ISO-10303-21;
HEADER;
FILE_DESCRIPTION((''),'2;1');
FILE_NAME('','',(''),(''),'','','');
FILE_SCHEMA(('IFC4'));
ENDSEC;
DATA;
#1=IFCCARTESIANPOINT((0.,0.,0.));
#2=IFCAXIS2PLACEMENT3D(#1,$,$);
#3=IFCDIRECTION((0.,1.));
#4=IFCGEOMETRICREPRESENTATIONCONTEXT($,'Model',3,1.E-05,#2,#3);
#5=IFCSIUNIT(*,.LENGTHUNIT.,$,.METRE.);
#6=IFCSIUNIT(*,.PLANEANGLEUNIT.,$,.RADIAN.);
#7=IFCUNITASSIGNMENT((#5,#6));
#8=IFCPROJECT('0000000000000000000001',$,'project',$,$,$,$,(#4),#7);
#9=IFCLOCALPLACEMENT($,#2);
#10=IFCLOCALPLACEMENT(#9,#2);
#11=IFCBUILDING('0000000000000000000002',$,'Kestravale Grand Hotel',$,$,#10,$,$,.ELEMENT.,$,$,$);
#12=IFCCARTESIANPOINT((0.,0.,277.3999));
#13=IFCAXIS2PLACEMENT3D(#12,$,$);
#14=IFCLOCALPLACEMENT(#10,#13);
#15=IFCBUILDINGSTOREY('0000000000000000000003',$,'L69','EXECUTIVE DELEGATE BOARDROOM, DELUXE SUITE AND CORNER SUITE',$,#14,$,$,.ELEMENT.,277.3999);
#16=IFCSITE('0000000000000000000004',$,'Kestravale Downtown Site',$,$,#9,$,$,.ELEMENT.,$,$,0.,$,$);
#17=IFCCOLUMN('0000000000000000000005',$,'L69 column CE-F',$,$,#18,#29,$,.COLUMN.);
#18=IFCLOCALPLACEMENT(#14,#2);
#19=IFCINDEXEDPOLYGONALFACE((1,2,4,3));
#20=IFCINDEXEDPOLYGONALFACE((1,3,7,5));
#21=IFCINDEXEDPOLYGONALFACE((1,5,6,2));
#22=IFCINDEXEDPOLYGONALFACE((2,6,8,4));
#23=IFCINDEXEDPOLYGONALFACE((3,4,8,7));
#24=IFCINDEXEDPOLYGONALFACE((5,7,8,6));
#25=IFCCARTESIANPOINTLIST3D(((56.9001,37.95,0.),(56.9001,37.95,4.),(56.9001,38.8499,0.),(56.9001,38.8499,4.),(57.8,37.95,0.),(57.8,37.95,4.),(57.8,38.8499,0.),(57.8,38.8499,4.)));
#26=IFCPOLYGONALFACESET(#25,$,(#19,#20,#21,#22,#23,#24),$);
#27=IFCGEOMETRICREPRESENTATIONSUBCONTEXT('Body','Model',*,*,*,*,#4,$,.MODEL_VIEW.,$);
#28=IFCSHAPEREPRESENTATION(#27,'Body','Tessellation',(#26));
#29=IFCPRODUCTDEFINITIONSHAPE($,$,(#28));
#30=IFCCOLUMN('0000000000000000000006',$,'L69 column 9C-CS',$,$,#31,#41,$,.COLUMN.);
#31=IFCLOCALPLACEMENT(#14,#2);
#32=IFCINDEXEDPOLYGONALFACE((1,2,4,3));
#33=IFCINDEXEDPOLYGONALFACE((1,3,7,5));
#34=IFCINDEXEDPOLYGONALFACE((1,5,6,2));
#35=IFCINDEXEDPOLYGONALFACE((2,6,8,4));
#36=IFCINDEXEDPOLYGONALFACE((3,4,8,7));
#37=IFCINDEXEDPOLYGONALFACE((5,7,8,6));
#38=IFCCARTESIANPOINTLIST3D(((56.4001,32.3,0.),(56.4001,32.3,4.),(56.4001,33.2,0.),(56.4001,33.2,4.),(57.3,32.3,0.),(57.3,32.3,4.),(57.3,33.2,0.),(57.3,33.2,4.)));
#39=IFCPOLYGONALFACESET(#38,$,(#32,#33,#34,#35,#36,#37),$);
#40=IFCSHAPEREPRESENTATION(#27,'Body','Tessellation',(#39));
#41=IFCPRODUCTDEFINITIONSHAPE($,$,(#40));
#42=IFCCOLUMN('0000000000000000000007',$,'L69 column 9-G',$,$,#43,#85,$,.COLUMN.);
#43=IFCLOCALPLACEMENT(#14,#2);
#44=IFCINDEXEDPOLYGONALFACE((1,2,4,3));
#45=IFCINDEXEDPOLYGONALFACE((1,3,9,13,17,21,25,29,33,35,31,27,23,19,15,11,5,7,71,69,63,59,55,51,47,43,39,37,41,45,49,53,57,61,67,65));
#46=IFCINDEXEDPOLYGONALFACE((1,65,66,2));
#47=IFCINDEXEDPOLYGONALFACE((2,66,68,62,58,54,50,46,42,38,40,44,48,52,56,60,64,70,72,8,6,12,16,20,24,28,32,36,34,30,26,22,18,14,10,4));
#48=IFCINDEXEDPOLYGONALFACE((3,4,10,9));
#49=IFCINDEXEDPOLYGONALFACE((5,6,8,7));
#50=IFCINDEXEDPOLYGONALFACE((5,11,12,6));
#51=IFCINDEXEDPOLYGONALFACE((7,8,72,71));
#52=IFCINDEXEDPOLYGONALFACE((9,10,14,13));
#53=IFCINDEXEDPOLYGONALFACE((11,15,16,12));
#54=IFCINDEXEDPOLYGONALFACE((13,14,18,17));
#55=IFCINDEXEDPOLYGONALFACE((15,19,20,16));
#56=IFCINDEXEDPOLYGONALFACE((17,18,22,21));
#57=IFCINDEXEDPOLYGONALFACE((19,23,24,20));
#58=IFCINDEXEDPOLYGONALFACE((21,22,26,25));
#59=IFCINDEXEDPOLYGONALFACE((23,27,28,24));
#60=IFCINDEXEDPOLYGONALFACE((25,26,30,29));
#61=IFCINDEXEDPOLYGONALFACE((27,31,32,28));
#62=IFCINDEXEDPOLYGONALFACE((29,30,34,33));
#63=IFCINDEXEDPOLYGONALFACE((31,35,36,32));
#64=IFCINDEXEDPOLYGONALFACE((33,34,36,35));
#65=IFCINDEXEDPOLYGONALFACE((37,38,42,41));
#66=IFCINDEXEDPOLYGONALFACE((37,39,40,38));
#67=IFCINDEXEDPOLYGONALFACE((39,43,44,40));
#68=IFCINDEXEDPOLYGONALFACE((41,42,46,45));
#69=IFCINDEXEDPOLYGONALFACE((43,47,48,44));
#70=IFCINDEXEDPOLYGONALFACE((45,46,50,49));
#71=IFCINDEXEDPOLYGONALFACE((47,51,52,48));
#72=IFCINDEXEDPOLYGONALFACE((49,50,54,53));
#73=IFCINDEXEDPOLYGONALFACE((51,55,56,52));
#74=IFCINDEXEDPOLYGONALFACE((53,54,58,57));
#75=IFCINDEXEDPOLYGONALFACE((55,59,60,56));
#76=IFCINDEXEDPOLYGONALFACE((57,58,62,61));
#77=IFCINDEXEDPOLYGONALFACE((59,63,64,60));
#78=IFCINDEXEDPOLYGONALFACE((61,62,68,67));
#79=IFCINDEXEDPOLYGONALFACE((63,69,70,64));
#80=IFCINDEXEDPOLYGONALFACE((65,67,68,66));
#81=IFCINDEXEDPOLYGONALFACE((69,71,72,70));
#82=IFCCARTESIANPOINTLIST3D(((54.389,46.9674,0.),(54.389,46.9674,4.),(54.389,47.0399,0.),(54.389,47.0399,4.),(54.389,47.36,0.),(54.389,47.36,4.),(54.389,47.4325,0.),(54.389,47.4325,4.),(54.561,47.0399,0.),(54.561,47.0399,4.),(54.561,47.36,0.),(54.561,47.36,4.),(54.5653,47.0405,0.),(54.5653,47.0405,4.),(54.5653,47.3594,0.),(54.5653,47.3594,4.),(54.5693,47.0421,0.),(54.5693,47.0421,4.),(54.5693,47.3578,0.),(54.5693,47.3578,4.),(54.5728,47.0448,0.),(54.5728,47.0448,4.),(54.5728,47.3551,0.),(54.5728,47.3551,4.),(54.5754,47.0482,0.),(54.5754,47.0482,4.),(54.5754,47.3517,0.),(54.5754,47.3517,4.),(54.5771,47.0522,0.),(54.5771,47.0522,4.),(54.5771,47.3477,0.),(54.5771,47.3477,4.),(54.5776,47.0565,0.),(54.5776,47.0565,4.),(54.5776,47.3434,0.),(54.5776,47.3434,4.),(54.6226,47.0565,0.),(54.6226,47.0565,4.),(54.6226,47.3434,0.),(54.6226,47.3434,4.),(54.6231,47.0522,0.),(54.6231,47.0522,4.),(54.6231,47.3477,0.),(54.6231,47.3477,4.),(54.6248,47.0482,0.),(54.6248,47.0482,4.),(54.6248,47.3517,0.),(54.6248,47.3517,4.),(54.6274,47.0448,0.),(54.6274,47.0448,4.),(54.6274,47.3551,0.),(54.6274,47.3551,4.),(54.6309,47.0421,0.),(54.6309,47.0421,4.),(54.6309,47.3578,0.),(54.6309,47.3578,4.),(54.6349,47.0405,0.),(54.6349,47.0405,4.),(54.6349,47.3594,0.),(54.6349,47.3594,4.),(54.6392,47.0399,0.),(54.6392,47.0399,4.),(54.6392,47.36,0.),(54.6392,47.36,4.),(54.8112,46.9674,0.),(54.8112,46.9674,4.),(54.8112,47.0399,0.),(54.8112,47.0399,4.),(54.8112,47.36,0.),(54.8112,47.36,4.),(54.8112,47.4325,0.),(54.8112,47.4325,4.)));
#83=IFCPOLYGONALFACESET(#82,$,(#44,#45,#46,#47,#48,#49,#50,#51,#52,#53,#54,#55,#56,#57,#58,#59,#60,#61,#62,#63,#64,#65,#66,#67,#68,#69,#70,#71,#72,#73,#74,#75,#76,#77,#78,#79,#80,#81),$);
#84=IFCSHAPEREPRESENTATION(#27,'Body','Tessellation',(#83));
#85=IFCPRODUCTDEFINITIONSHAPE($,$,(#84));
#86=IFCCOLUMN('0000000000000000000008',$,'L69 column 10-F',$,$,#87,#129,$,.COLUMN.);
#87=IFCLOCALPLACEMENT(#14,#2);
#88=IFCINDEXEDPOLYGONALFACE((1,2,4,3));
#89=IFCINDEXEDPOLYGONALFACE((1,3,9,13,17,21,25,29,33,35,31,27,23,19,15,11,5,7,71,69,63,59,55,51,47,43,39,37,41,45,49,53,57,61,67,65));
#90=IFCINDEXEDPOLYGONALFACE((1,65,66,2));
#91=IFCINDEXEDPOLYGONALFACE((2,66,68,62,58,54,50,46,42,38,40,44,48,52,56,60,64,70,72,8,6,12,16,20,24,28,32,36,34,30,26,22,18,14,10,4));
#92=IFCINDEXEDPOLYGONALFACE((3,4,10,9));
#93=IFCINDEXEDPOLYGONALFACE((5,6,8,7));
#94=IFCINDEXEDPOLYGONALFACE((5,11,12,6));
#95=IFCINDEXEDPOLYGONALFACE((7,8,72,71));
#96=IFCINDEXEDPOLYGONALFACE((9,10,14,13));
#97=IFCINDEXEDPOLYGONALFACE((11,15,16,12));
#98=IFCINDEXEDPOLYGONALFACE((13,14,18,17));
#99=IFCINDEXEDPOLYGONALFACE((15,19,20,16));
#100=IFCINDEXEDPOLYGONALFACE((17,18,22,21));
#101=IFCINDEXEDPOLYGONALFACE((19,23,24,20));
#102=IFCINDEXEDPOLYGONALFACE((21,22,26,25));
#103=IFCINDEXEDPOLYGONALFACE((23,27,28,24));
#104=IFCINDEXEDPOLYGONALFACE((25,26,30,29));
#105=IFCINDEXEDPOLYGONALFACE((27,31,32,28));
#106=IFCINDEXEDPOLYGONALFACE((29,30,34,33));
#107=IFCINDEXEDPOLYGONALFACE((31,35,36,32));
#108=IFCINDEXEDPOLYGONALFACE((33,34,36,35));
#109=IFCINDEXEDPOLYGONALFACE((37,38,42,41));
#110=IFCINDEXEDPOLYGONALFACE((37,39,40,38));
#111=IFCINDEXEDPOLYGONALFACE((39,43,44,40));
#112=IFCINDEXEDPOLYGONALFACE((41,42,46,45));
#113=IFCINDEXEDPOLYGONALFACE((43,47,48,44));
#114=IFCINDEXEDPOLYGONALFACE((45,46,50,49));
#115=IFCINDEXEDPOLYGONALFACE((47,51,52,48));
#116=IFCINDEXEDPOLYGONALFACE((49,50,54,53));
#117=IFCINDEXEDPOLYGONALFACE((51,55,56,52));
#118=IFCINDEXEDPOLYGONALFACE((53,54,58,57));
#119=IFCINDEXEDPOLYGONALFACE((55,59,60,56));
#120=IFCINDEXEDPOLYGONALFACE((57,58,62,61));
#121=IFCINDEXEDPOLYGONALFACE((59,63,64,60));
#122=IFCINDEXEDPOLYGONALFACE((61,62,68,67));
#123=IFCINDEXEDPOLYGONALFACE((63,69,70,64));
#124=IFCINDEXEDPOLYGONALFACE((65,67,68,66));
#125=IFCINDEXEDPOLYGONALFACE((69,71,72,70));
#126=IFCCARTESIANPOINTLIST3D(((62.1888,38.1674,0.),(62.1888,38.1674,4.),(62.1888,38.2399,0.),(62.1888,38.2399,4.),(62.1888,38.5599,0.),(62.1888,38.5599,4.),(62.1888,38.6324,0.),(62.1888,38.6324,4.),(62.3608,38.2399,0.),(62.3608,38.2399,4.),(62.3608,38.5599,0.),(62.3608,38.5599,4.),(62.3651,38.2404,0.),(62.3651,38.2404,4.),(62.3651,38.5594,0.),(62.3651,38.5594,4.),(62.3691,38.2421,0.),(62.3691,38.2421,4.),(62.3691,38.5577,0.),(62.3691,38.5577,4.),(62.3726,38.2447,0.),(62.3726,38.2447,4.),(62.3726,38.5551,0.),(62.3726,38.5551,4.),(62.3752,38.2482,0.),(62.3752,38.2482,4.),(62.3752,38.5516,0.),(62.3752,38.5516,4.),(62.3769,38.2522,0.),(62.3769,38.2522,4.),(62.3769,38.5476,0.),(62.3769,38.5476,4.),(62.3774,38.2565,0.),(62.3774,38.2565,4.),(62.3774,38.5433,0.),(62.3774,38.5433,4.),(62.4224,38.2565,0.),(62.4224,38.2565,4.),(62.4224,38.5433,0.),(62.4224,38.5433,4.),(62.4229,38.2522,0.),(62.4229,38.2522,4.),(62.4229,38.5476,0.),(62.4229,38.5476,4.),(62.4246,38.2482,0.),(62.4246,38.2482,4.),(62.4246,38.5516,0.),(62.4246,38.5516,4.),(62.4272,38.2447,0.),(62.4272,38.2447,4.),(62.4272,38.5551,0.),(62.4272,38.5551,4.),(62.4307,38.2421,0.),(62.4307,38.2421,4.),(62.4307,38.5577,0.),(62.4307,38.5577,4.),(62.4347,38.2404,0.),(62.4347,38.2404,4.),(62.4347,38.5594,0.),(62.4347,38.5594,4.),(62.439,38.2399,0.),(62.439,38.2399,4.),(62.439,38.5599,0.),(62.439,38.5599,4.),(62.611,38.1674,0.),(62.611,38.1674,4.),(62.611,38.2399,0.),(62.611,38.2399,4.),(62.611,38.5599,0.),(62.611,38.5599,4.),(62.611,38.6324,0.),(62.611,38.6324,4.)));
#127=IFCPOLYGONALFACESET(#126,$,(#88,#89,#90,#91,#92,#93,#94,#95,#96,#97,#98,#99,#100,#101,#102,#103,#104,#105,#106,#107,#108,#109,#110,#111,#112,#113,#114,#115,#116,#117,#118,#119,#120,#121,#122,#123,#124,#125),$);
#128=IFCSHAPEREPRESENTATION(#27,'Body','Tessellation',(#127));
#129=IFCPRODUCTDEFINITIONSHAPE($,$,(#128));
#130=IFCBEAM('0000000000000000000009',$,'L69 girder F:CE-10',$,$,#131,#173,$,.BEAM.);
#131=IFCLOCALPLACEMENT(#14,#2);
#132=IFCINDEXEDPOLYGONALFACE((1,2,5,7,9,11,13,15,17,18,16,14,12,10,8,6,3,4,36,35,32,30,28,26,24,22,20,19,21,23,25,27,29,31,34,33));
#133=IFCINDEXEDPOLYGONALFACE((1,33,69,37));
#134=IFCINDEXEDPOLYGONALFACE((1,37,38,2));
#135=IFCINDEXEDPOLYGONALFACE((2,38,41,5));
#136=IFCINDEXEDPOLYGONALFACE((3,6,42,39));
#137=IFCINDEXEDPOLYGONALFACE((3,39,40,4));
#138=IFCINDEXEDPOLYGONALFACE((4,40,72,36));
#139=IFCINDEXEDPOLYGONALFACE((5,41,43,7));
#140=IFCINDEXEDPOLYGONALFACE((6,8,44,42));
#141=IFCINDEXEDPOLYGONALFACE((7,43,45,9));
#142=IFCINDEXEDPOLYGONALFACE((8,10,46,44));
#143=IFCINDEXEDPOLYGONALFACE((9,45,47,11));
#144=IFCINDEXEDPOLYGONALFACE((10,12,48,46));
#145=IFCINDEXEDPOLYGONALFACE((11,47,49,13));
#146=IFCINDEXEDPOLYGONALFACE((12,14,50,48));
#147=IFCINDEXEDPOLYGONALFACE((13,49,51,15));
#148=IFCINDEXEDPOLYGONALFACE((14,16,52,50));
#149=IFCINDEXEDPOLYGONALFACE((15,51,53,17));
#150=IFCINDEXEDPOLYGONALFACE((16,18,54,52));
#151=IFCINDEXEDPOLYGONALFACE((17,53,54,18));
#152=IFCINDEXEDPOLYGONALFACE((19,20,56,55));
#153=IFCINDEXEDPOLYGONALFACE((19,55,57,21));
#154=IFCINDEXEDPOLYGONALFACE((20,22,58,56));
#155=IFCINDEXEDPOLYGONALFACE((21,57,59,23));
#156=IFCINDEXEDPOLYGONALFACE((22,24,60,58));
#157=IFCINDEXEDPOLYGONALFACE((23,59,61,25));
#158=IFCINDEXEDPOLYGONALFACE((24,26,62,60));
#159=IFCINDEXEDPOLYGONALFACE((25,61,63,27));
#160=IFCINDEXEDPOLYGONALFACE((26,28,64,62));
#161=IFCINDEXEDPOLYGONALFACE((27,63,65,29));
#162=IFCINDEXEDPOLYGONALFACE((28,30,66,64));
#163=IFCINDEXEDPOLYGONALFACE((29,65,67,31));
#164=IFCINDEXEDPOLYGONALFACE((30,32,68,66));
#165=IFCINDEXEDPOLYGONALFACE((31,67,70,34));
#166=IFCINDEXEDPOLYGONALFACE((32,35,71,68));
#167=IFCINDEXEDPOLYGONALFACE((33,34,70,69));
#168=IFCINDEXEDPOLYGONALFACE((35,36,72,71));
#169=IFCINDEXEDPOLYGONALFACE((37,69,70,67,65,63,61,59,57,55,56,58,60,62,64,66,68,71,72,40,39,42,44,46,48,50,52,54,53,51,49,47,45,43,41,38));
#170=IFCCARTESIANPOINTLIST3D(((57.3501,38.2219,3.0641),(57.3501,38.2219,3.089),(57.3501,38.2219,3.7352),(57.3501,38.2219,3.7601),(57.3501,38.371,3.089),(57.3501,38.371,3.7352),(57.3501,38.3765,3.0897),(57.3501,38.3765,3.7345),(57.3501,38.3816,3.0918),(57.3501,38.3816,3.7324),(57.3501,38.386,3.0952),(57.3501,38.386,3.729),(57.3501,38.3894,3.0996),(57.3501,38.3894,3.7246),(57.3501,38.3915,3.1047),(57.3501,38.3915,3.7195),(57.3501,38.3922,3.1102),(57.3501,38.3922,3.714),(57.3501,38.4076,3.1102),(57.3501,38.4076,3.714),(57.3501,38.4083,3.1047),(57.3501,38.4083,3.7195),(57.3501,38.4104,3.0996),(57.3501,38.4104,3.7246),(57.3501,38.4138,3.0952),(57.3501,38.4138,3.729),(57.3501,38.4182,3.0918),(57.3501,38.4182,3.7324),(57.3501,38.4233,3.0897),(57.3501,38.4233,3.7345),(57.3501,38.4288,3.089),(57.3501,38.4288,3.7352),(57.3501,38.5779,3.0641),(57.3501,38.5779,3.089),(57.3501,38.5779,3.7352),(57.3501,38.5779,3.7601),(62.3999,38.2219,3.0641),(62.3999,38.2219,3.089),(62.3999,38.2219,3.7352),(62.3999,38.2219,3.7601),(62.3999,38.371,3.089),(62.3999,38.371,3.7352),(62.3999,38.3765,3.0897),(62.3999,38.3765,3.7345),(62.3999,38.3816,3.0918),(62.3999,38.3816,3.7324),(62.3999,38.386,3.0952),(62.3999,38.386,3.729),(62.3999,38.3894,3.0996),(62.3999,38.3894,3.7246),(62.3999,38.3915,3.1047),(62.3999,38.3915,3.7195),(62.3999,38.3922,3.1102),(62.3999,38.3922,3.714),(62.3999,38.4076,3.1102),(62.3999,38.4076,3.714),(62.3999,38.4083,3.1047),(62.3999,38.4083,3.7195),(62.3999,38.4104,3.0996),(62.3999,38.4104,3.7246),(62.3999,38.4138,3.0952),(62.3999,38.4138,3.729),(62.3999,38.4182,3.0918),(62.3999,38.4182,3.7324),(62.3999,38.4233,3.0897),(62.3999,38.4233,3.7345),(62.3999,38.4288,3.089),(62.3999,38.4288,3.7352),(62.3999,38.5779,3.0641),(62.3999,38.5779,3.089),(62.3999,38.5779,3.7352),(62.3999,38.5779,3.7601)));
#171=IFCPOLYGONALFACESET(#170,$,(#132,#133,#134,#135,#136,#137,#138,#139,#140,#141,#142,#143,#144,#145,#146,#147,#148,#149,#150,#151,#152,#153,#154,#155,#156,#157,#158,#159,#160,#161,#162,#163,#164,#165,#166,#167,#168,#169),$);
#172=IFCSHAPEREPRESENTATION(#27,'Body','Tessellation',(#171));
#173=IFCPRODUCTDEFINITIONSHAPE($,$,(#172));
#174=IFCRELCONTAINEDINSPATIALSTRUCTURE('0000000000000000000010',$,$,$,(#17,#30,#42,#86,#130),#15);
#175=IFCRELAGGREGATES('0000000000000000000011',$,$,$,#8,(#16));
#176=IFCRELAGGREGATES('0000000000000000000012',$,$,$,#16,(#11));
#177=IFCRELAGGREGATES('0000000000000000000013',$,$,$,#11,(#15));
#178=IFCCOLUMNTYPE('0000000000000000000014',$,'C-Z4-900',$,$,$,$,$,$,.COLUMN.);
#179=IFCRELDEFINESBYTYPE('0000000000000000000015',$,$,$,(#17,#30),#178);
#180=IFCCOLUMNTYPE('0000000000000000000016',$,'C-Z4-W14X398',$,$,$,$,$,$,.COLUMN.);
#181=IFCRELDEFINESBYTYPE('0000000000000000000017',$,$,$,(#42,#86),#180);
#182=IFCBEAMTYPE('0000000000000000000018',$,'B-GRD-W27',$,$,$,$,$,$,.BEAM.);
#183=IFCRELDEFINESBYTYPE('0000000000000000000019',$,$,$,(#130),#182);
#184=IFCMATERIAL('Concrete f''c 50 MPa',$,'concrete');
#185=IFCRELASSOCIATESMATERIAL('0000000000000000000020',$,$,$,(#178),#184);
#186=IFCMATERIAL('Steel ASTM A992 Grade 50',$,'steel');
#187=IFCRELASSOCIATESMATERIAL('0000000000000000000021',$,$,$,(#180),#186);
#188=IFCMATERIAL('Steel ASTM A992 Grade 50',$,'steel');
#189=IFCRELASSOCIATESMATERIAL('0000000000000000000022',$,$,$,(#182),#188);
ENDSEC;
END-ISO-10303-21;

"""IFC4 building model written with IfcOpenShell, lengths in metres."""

from ifc_helpers import new_model, si_unit, direction, frame, origin, origin_2d, place, context, subcontext, project, spatial, rectangle, i_section, extrude, material, material_profile, profile_set, type_object, element, save


model = new_model("IFC4")

# Units and contexts
model_context = context("Model", 3, precision=1e-05, world=origin(), true_north=direction((0.0, 1.0)))
body_context = subcontext(model_context, "Body", "Model", "MODEL_VIEW")
ifc_project = project(units=[si_unit("LENGTHUNIT", "METRE"), si_unit("PLANEANGLEUNIT", "RADIAN")], contexts=[model_context])

# Site, building, storey
site_placement = place(None, origin())
site = spatial("IfcSite", under=ifc_project, at=site_placement, Name="Kestravale Downtown Site", CompositionType="ELEMENT", RefElevation=0.0)
building_placement = place(site_placement, origin())
building = spatial("IfcBuilding", under=site, at=building_placement, Name="Kestravale Grand Hotel", CompositionType="ELEMENT")
storey_placement = place(building_placement, frame((0.0, 0.0, 277.3999)))
storey = spatial("IfcBuildingStorey", under=building, at=storey_placement, Name="L69", Description="EXECUTIVE DELEGATE BOARDROOM, DELUXE SUITE AND CORNER SUITE", CompositionType="ELEMENT", Elevation=277.3999)

# Columns
ifc_material_1 = material(Name="Concrete f'c 50 MPa", Category="concrete")
ifc_material_profile_1 = material_profile(ifc_material_1, rectangle(XDim=0.8999, YDim=0.8999, at=origin_2d()))
ifc_profile_set_1 = profile_set([ifc_material_profile_1], Name="Concrete f'c 50 MPa")
column_type_1 = type_object("IfcColumnType", Name="C-Z4-900", PredefinedType="COLUMN", material=ifc_profile_set_1)
for number, where, z_axis, x_axis, name in (
    (1, (57.3501, 38.3999, 0.0), (0.0, 0.0, 1.0), (1.0, 0.0, 0.0), "L69 column CE-F"),
    (2, (56.8501, 32.75, 0.0), (0.0, 0.0, 1.0), (1.0, 0.0, 0.0), "L69 column 9C-CS"),
):
    element("IfcColumn", number, at=place(storey_placement, frame(where, z_axis=z_axis, x_axis=x_axis)), inside=storey, type_object=column_type_1, Name=name, PredefinedType="COLUMN", context=body_context, shape_type="SweptSolid", body=[
        extrude(rectangle(XDim=0.8999, YDim=0.8999, at=origin_2d()), origin(), (0.0, 0.0, 1.0), 4.0),
    ])
ifc_material_2 = material(Name="Steel ASTM A992 Grade 50", Category="steel")
ifc_material_profile_2 = material_profile(ifc_material_2, i_section(OverallWidth=0.4221, OverallDepth=0.4651, WebThickness=0.0449, FlangeThickness=0.0725, FilletRadius=0.0166, at=origin_2d()))
ifc_profile_set_2 = profile_set([ifc_material_profile_2], Name="Steel ASTM A992 Grade 50")
column_type_2 = type_object("IfcColumnType", Name="C-Z4-W14X398", PredefinedType="COLUMN", material=ifc_profile_set_2)
for number, where, z_axis, x_axis, name in (
    (3, (54.6001, 47.2, 0.0), (0.0, 0.0, 1.0), (1.0, 0.0, 0.0), "L69 column 9-G"),
    (4, (62.3999, 38.3999, 0.0), (0.0, 0.0, 1.0), (1.0, 0.0, 0.0), "L69 column 10-F"),
):
    element("IfcColumn", number, at=place(storey_placement, frame(where, z_axis=z_axis, x_axis=x_axis)), inside=storey, type_object=column_type_2, Name=name, PredefinedType="COLUMN", context=body_context, shape_type="SweptSolid", body=[
        extrude(i_section(OverallWidth=0.4221, OverallDepth=0.4651, WebThickness=0.0449, FlangeThickness=0.0725, FilletRadius=0.0166, at=origin_2d()), origin(), (0.0, 0.0, 1.0), 4.0),
    ])

# Beam
ifc_material_3 = material(Name="Steel ASTM A992 Grade 50", Category="steel")
ifc_material_profile_3 = material_profile(ifc_material_3, i_section(OverallWidth=0.356, OverallDepth=0.696, WebThickness=0.0154, FlangeThickness=0.0249, FilletRadius=0.0212, at=origin_2d()))
ifc_profile_set_3 = profile_set([ifc_material_profile_3], Name="Steel ASTM A992 Grade 50")
beam_type = type_object("IfcBeamType", Name="B-GRD-W27", PredefinedType="BEAM", material=ifc_profile_set_3)
beam_1_placement = place(storey_placement, frame((57.3501, 38.3999, 3.4121), z_axis=(1.0, 0.0, 0.0), x_axis=(0.0, 1.0, 0.0)))
element("IfcBeam", 5, at=beam_1_placement, inside=storey, type_object=beam_type, Name="L69 girder F:CE-10", PredefinedType="BEAM", context=body_context, shape_type="SweptSolid", body=[
    extrude(i_section(OverallWidth=0.356, OverallDepth=0.696, WebThickness=0.0154, FlangeThickness=0.0249, FilletRadius=0.0212, at=origin_2d()), origin(), (0.0, 0.0, 1.0), 5.0498),
])

save(model, "model.ifc")
